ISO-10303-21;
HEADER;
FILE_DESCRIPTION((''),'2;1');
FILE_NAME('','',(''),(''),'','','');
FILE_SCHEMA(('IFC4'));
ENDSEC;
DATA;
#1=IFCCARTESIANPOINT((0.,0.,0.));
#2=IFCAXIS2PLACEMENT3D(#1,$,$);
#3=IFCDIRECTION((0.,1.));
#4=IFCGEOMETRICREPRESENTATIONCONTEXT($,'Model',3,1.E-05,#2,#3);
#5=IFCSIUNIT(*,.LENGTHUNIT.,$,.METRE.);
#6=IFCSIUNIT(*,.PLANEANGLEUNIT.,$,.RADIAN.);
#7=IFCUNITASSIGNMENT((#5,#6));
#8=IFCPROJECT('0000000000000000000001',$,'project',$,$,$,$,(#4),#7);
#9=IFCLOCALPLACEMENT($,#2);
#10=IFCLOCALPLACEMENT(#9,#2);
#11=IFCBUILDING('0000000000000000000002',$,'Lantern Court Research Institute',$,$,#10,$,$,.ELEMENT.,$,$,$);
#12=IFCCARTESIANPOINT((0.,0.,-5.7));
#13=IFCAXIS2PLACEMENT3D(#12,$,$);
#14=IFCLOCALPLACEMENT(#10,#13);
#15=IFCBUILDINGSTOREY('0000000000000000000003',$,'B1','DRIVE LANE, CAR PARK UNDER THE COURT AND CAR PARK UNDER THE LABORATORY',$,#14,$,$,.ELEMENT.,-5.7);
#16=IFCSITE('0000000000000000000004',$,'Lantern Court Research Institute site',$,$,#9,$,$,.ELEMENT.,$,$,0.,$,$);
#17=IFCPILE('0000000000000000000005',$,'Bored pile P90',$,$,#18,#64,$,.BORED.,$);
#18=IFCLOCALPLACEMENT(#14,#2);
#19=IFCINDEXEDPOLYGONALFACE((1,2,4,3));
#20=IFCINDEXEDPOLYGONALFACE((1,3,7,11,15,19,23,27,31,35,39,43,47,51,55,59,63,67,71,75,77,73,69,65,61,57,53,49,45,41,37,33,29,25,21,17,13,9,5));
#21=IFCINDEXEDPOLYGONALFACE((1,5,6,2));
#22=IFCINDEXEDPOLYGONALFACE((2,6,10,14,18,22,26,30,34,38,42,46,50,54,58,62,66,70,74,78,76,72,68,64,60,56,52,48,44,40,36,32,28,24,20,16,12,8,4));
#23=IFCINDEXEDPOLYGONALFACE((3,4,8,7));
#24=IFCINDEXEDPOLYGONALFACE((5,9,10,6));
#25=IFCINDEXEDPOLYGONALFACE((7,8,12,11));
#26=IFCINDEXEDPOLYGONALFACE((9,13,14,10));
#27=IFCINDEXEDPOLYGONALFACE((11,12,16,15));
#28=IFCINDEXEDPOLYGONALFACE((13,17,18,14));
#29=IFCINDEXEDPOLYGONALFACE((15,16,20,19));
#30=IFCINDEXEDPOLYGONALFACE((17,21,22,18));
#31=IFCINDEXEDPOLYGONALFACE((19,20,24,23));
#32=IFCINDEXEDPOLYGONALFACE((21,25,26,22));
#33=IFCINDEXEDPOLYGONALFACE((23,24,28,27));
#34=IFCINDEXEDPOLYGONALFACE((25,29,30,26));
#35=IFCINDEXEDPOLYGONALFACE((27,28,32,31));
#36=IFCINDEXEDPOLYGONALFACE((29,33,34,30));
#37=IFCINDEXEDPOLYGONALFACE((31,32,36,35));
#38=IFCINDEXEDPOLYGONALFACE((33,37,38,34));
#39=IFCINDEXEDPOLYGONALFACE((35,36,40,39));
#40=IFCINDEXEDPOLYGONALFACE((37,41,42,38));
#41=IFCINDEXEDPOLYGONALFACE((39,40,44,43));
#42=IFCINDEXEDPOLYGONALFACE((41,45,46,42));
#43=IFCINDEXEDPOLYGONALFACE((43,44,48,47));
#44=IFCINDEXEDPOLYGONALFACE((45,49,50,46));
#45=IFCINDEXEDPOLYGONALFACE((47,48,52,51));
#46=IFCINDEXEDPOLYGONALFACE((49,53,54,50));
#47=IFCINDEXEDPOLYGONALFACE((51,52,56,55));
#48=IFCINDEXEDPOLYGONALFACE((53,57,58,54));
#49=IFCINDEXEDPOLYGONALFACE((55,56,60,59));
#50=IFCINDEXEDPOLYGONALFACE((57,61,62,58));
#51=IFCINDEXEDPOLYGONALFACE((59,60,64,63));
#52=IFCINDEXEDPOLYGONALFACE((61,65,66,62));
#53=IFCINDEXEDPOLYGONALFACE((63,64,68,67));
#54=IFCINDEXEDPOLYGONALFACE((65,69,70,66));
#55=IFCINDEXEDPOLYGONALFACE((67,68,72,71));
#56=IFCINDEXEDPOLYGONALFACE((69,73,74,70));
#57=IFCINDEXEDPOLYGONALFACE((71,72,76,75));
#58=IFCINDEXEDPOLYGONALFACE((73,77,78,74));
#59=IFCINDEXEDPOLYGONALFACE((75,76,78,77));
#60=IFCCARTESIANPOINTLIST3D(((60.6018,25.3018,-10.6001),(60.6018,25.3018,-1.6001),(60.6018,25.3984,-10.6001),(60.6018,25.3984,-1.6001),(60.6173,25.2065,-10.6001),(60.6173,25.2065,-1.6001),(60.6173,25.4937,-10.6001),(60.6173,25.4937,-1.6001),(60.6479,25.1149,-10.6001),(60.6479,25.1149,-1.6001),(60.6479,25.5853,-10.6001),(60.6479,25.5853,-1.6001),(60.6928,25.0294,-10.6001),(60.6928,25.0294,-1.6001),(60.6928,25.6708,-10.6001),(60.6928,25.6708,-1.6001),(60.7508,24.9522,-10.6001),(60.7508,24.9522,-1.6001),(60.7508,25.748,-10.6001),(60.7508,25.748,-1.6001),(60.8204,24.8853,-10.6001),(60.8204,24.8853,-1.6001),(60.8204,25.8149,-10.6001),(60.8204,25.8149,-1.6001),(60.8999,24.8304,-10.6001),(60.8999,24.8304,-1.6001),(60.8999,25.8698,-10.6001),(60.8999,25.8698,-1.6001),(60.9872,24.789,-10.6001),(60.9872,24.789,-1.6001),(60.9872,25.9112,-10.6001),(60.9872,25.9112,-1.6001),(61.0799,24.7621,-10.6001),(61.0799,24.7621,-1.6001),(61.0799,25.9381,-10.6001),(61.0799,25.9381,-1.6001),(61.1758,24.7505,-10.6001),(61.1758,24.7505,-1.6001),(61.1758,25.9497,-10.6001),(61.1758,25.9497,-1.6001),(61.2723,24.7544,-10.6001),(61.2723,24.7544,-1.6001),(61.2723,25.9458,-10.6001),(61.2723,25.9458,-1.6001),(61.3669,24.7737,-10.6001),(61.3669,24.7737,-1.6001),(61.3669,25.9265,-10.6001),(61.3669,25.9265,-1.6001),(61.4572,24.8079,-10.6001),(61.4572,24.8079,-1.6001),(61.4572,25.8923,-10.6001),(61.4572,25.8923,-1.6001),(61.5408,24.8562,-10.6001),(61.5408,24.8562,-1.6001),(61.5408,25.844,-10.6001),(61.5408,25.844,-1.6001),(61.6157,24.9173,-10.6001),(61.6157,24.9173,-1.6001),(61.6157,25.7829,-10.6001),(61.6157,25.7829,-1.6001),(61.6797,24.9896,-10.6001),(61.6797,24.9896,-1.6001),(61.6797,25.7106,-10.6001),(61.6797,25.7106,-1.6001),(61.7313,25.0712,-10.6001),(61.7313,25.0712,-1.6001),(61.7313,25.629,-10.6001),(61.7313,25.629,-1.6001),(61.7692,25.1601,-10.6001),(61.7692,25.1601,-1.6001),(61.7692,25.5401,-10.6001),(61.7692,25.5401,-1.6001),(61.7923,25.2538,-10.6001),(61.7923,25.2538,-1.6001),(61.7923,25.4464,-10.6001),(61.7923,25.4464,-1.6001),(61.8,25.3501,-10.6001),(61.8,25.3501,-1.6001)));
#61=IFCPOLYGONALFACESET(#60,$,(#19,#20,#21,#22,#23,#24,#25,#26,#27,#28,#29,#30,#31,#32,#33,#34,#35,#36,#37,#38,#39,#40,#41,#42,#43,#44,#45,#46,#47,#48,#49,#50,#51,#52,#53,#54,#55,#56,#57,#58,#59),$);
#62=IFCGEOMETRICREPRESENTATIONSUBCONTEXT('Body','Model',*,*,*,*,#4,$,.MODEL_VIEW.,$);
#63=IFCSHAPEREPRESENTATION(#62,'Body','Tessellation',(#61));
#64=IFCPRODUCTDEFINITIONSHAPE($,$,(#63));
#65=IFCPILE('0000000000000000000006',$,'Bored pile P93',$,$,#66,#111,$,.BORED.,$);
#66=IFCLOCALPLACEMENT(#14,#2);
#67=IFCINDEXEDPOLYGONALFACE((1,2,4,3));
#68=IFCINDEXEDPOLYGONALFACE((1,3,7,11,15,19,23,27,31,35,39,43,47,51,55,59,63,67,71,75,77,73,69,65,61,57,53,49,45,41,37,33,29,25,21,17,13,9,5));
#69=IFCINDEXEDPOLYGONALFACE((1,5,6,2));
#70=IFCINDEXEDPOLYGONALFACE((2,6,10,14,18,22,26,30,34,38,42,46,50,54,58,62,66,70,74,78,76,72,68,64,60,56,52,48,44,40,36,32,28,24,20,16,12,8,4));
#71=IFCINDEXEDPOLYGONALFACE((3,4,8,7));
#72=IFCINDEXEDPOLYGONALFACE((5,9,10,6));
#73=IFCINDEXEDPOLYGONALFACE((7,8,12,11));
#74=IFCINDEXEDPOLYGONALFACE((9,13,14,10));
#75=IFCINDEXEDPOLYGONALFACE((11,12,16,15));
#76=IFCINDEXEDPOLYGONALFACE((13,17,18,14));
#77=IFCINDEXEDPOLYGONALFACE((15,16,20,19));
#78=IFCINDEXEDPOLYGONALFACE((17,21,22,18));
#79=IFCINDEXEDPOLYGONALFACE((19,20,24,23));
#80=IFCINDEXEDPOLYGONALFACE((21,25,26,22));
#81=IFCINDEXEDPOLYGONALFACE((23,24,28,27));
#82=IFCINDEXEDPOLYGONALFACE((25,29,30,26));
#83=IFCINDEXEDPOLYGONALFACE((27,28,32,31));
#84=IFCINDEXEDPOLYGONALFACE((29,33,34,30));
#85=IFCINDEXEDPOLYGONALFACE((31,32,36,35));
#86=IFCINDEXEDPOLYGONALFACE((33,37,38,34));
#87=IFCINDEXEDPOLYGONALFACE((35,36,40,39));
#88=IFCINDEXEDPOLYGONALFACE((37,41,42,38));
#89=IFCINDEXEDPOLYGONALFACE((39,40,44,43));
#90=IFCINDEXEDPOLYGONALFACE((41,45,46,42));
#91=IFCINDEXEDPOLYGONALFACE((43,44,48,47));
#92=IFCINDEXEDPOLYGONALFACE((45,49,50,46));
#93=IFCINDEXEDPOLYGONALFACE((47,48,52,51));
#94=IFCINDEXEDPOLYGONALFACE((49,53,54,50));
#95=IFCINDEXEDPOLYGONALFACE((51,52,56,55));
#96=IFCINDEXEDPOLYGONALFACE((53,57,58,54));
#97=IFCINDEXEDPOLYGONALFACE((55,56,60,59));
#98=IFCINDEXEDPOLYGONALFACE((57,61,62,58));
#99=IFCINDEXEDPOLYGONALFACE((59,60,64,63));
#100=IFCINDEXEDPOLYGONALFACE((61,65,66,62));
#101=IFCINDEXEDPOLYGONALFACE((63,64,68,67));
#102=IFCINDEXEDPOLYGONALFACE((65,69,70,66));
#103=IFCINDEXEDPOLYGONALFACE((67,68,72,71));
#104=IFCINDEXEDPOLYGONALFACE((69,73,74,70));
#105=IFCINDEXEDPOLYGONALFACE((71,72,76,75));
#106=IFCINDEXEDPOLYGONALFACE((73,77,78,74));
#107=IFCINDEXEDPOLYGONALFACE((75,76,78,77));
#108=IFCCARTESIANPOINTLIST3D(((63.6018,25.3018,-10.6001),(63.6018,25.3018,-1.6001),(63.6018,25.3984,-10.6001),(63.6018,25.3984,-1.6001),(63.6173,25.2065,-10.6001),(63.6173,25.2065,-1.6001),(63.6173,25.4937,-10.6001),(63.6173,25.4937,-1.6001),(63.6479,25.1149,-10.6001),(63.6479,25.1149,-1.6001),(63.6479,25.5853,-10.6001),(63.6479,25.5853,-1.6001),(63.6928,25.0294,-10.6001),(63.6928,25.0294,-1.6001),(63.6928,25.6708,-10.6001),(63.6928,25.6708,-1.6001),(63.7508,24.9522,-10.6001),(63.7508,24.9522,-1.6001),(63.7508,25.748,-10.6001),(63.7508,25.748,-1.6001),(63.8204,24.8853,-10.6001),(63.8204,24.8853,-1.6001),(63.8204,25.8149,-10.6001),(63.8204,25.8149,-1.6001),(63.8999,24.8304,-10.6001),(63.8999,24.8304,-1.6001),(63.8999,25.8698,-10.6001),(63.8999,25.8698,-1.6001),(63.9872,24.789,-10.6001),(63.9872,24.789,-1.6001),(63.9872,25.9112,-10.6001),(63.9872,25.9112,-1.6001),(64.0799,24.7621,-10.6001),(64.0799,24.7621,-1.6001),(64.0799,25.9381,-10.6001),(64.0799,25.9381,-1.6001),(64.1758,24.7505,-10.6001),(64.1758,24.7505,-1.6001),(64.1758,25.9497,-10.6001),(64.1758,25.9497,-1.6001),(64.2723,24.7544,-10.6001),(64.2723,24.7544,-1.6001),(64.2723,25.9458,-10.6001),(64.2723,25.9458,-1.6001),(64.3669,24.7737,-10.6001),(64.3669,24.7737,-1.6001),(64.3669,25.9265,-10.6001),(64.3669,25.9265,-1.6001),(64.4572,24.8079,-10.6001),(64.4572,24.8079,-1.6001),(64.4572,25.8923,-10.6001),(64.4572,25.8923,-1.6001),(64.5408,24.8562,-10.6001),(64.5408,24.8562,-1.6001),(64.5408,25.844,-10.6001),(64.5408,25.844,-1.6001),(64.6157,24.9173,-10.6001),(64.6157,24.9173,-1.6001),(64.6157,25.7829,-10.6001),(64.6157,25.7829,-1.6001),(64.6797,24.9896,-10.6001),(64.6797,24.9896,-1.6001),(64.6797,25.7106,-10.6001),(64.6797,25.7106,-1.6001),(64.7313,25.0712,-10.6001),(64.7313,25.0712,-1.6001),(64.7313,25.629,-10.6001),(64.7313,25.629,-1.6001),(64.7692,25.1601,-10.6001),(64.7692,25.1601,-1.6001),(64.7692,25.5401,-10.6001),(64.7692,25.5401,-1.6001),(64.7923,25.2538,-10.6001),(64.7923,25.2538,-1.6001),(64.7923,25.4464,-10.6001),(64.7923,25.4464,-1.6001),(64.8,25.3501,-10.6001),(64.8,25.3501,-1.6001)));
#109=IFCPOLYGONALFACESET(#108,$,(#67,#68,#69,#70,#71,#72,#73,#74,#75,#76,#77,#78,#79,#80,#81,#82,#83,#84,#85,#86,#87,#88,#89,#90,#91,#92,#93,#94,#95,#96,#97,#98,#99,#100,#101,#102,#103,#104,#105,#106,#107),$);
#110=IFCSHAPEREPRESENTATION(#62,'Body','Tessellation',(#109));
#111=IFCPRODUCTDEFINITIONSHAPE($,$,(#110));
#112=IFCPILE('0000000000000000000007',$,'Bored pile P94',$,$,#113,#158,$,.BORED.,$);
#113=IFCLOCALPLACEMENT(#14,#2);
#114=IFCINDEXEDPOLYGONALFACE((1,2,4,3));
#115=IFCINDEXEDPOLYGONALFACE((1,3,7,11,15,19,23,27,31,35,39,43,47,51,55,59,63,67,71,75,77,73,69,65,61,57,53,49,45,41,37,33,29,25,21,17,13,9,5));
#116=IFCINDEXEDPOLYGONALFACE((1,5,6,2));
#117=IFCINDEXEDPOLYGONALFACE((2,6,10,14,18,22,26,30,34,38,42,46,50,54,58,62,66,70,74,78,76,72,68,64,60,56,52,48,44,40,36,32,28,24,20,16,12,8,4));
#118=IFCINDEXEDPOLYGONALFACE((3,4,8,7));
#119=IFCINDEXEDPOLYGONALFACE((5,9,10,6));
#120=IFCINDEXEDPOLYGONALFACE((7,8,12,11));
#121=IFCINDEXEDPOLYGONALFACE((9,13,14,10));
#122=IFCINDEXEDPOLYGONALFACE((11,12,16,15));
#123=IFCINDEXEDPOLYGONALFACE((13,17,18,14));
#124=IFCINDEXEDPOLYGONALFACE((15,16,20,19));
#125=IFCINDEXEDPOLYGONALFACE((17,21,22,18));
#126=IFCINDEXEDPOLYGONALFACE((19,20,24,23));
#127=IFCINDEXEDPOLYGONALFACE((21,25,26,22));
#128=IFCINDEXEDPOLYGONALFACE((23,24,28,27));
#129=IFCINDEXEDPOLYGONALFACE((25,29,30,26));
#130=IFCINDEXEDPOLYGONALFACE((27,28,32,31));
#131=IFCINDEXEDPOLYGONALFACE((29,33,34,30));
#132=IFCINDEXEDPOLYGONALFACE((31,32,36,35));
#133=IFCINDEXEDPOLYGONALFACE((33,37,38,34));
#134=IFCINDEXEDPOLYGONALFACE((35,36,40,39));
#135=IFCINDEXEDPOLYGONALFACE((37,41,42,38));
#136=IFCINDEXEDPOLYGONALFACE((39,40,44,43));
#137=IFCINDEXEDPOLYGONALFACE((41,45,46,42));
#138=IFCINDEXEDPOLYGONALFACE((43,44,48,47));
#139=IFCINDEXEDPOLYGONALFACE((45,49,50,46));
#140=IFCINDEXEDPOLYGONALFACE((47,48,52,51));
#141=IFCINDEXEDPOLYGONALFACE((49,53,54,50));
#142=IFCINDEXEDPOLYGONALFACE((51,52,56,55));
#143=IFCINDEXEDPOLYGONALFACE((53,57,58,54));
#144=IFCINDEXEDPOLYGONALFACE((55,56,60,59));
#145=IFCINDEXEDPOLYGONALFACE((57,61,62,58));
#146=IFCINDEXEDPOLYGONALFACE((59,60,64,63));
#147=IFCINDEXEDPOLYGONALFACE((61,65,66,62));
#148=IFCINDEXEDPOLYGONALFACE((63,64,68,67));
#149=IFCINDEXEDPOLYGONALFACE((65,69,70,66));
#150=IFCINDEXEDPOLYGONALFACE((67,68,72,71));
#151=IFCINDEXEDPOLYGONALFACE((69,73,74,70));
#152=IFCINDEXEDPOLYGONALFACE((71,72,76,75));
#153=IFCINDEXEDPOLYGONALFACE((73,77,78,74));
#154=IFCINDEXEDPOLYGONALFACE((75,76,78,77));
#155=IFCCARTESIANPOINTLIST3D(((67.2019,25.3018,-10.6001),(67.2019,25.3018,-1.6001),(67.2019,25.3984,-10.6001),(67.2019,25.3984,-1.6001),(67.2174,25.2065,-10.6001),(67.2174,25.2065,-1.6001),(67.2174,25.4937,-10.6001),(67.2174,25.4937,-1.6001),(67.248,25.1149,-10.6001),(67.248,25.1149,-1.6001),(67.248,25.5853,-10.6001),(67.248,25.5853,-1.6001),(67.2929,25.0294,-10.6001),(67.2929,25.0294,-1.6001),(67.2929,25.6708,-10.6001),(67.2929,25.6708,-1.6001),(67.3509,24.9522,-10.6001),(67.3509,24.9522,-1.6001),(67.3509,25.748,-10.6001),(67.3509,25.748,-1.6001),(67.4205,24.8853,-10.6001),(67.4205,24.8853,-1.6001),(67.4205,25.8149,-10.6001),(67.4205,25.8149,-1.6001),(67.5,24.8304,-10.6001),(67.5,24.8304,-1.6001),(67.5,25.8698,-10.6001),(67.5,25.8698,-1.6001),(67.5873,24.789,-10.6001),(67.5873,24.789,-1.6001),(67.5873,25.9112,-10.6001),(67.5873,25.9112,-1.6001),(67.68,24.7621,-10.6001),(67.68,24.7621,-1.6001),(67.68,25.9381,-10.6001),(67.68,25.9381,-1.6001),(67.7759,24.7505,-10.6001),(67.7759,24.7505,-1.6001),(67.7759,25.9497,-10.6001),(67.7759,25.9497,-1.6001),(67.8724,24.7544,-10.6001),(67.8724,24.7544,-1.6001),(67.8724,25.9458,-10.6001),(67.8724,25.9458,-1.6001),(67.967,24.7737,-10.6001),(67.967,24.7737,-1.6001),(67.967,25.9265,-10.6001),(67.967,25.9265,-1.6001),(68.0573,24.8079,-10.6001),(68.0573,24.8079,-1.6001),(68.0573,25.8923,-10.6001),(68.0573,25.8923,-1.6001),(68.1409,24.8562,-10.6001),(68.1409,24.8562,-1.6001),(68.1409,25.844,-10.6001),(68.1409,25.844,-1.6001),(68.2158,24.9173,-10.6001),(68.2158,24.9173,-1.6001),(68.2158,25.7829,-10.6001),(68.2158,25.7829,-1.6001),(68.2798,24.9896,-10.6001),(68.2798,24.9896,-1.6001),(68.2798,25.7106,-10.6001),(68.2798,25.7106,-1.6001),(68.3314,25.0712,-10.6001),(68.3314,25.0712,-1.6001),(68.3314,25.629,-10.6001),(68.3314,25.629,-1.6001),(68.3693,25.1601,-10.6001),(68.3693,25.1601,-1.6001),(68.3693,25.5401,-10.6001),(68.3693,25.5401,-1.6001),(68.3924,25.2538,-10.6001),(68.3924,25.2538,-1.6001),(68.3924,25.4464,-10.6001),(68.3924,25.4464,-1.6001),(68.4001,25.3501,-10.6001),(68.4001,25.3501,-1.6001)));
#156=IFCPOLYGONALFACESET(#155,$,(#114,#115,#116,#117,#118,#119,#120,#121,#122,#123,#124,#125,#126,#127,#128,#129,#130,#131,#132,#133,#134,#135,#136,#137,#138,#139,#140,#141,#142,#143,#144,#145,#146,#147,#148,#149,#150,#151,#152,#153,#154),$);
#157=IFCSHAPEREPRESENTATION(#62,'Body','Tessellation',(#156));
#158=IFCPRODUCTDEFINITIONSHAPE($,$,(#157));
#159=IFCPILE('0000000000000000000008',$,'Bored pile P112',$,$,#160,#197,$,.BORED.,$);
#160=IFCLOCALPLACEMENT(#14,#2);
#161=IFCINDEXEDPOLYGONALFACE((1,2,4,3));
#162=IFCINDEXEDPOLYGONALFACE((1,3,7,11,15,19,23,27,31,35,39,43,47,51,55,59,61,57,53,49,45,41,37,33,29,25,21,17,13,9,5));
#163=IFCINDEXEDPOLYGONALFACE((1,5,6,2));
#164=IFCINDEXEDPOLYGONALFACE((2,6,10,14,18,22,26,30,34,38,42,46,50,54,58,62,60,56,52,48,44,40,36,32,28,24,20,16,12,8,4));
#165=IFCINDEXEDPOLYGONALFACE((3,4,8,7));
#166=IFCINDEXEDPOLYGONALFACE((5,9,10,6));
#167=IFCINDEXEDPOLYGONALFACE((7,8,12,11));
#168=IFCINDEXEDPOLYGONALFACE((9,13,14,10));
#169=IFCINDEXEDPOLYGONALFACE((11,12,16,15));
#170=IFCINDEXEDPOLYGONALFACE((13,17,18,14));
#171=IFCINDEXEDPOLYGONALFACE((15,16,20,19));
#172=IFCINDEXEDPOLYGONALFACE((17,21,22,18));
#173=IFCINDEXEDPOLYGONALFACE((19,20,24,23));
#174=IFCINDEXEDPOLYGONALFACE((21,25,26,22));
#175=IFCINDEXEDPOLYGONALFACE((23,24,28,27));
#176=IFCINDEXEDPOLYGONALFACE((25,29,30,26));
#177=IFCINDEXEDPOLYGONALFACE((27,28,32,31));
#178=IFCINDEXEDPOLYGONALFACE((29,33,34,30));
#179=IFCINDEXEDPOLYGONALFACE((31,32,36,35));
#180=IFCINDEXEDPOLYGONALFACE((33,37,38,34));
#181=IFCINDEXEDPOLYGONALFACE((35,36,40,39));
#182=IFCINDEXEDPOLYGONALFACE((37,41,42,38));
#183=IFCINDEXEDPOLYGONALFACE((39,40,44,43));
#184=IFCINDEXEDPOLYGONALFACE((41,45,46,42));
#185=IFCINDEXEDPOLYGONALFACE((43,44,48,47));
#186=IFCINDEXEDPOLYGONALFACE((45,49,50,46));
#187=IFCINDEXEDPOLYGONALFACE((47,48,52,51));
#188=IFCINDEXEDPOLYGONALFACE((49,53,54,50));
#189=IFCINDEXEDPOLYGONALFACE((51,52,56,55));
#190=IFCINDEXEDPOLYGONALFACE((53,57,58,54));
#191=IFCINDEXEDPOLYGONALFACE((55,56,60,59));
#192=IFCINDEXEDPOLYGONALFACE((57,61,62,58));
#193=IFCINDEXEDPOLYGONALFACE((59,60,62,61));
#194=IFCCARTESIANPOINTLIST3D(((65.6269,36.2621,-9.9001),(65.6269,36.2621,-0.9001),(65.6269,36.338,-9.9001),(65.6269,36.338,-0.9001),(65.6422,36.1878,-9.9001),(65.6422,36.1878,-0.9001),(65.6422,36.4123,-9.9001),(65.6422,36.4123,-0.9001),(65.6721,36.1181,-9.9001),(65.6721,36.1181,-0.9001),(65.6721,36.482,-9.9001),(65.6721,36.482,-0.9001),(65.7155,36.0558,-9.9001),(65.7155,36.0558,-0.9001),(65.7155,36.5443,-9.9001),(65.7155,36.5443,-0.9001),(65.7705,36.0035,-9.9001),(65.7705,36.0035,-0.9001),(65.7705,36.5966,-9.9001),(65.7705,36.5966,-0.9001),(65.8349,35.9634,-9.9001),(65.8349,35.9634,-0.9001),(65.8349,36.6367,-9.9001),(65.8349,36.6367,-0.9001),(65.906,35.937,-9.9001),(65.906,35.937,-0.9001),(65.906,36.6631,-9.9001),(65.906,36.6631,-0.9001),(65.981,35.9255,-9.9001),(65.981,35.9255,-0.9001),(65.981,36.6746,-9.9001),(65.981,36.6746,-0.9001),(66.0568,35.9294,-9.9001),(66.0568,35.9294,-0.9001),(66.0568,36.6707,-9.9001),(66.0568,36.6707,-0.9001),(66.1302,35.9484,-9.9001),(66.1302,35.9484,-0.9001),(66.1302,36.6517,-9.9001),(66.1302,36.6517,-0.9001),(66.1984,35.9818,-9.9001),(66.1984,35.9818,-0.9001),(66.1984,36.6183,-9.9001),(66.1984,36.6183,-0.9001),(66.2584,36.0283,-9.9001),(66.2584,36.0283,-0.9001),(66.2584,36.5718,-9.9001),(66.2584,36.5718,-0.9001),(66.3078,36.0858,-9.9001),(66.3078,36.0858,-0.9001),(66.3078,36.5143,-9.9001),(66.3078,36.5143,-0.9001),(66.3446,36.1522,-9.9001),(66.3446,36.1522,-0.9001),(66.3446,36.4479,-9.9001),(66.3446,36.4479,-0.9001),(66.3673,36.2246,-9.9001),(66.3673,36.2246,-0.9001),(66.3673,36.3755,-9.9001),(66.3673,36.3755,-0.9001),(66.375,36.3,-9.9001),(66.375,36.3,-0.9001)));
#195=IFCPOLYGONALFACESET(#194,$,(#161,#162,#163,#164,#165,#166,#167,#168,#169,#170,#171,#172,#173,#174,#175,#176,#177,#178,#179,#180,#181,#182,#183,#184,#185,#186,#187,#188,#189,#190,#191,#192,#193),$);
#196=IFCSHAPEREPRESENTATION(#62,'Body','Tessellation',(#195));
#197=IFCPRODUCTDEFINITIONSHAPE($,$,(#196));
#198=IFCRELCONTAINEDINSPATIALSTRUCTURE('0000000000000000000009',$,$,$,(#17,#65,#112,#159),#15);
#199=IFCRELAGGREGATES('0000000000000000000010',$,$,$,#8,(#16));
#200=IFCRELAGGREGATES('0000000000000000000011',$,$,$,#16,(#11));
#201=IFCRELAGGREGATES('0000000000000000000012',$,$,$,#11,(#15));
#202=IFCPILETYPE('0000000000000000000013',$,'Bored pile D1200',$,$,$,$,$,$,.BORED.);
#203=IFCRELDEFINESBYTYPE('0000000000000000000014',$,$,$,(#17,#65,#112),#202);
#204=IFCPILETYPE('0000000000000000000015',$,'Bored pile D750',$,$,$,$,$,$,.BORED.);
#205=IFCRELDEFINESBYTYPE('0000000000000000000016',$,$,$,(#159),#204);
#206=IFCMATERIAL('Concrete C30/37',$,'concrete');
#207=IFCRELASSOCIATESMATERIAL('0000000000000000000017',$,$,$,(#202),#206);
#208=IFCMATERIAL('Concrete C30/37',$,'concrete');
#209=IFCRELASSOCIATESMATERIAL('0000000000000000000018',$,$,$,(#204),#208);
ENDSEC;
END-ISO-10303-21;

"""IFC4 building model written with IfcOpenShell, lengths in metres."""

from ifc_helpers import new_model, si_unit, direction, frame, origin, origin_2d, place, context, subcontext, project, spatial, circle, extrude, material, material_profile, profile_set, type_object, element, save


model = new_model("IFC4")

# Units and contexts
model_context = context("Model", 3, precision=1e-05, world=origin(), true_north=direction((0.0, 1.0)))
body_context = subcontext(model_context, "Body", "Model", "MODEL_VIEW")
ifc_project = project(units=[si_unit("LENGTHUNIT", "METRE"), si_unit("PLANEANGLEUNIT", "RADIAN")], contexts=[model_context])

# Site, building, storey
site_placement = place(None, origin())
site = spatial("IfcSite", under=ifc_project, at=site_placement, Name="Lantern Court Research Institute site", CompositionType="ELEMENT", RefElevation=0.0)
building_placement = place(site_placement, origin())
building = spatial("IfcBuilding", under=site, at=building_placement, Name="Lantern Court Research Institute", CompositionType="ELEMENT")
storey_placement = place(building_placement, frame((0.0, 0.0, -5.7)))
storey = spatial("IfcBuildingStorey", under=building, at=storey_placement, Name="B1", Description="DRIVE LANE, CAR PARK UNDER THE COURT AND CAR PARK UNDER THE LABORATORY", CompositionType="ELEMENT", Elevation=-5.7)

# Piles
ifc_material_1 = material(Name="Concrete C30/37", Category="concrete")
ifc_material_profile_1 = material_profile(ifc_material_1, circle(Radius=0.6001, at=origin_2d()), Name="Bored pile D1200")
ifc_profile_set_1 = profile_set([ifc_material_profile_1], Name="Concrete C30/37")
pile_type_1 = type_object("IfcPileType", Name="Bored pile D1200", PredefinedType="BORED", material=ifc_profile_set_1)
for number, where, z_axis, x_axis, name in (
    (1, (61.2, 25.3501, -1.6001), (0.0, 0.0, -1.0), (1.0, 0.0, 0.0), "Bored pile P90"),
    (2, (64.2, 25.3501, -1.6001), (0.0, 0.0, -1.0), (1.0, 0.0, 0.0), "Bored pile P93"),
    (3, (67.8, 25.3501, -1.6001), (0.0, 0.0, -1.0), (1.0, 0.0, 0.0), "Bored pile P94"),
):
    element("IfcPile", number, at=place(storey_placement, frame(where, z_axis=z_axis, x_axis=x_axis)), inside=storey, type_object=pile_type_1, Name=name, PredefinedType="BORED", context=body_context, shape_type="SweptSolid", body=[
        extrude(circle(Radius=0.6001, at=origin_2d()), origin(), (0.0, 0.0, 1.0), 9.0),
    ])
ifc_material_2 = material(Name="Concrete C30/37", Category="concrete")
ifc_material_profile_2 = material_profile(ifc_material_2, circle(Radius=0.375, at=origin_2d()), Name="Bored pile D750")
ifc_profile_set_2 = profile_set([ifc_material_profile_2], Name="Concrete C30/37")
pile_type_2 = type_object("IfcPileType", Name="Bored pile D750", PredefinedType="BORED", material=ifc_profile_set_2)
pile_placement = place(storey_placement, frame((66.0, 36.3, -0.9001), z_axis=(0.0, 0.0, -1.0), x_axis=(1.0, 0.0, 0.0)))
element("IfcPile", 4, at=pile_placement, inside=storey, type_object=pile_type_2, Name="Bored pile P112", PredefinedType="BORED", context=body_context, shape_type="SweptSolid", body=[
    extrude(circle(Radius=0.375, at=origin_2d()), origin(), (0.0, 0.0, 1.0), 9.0),
])

save(model, "model.ifc")
